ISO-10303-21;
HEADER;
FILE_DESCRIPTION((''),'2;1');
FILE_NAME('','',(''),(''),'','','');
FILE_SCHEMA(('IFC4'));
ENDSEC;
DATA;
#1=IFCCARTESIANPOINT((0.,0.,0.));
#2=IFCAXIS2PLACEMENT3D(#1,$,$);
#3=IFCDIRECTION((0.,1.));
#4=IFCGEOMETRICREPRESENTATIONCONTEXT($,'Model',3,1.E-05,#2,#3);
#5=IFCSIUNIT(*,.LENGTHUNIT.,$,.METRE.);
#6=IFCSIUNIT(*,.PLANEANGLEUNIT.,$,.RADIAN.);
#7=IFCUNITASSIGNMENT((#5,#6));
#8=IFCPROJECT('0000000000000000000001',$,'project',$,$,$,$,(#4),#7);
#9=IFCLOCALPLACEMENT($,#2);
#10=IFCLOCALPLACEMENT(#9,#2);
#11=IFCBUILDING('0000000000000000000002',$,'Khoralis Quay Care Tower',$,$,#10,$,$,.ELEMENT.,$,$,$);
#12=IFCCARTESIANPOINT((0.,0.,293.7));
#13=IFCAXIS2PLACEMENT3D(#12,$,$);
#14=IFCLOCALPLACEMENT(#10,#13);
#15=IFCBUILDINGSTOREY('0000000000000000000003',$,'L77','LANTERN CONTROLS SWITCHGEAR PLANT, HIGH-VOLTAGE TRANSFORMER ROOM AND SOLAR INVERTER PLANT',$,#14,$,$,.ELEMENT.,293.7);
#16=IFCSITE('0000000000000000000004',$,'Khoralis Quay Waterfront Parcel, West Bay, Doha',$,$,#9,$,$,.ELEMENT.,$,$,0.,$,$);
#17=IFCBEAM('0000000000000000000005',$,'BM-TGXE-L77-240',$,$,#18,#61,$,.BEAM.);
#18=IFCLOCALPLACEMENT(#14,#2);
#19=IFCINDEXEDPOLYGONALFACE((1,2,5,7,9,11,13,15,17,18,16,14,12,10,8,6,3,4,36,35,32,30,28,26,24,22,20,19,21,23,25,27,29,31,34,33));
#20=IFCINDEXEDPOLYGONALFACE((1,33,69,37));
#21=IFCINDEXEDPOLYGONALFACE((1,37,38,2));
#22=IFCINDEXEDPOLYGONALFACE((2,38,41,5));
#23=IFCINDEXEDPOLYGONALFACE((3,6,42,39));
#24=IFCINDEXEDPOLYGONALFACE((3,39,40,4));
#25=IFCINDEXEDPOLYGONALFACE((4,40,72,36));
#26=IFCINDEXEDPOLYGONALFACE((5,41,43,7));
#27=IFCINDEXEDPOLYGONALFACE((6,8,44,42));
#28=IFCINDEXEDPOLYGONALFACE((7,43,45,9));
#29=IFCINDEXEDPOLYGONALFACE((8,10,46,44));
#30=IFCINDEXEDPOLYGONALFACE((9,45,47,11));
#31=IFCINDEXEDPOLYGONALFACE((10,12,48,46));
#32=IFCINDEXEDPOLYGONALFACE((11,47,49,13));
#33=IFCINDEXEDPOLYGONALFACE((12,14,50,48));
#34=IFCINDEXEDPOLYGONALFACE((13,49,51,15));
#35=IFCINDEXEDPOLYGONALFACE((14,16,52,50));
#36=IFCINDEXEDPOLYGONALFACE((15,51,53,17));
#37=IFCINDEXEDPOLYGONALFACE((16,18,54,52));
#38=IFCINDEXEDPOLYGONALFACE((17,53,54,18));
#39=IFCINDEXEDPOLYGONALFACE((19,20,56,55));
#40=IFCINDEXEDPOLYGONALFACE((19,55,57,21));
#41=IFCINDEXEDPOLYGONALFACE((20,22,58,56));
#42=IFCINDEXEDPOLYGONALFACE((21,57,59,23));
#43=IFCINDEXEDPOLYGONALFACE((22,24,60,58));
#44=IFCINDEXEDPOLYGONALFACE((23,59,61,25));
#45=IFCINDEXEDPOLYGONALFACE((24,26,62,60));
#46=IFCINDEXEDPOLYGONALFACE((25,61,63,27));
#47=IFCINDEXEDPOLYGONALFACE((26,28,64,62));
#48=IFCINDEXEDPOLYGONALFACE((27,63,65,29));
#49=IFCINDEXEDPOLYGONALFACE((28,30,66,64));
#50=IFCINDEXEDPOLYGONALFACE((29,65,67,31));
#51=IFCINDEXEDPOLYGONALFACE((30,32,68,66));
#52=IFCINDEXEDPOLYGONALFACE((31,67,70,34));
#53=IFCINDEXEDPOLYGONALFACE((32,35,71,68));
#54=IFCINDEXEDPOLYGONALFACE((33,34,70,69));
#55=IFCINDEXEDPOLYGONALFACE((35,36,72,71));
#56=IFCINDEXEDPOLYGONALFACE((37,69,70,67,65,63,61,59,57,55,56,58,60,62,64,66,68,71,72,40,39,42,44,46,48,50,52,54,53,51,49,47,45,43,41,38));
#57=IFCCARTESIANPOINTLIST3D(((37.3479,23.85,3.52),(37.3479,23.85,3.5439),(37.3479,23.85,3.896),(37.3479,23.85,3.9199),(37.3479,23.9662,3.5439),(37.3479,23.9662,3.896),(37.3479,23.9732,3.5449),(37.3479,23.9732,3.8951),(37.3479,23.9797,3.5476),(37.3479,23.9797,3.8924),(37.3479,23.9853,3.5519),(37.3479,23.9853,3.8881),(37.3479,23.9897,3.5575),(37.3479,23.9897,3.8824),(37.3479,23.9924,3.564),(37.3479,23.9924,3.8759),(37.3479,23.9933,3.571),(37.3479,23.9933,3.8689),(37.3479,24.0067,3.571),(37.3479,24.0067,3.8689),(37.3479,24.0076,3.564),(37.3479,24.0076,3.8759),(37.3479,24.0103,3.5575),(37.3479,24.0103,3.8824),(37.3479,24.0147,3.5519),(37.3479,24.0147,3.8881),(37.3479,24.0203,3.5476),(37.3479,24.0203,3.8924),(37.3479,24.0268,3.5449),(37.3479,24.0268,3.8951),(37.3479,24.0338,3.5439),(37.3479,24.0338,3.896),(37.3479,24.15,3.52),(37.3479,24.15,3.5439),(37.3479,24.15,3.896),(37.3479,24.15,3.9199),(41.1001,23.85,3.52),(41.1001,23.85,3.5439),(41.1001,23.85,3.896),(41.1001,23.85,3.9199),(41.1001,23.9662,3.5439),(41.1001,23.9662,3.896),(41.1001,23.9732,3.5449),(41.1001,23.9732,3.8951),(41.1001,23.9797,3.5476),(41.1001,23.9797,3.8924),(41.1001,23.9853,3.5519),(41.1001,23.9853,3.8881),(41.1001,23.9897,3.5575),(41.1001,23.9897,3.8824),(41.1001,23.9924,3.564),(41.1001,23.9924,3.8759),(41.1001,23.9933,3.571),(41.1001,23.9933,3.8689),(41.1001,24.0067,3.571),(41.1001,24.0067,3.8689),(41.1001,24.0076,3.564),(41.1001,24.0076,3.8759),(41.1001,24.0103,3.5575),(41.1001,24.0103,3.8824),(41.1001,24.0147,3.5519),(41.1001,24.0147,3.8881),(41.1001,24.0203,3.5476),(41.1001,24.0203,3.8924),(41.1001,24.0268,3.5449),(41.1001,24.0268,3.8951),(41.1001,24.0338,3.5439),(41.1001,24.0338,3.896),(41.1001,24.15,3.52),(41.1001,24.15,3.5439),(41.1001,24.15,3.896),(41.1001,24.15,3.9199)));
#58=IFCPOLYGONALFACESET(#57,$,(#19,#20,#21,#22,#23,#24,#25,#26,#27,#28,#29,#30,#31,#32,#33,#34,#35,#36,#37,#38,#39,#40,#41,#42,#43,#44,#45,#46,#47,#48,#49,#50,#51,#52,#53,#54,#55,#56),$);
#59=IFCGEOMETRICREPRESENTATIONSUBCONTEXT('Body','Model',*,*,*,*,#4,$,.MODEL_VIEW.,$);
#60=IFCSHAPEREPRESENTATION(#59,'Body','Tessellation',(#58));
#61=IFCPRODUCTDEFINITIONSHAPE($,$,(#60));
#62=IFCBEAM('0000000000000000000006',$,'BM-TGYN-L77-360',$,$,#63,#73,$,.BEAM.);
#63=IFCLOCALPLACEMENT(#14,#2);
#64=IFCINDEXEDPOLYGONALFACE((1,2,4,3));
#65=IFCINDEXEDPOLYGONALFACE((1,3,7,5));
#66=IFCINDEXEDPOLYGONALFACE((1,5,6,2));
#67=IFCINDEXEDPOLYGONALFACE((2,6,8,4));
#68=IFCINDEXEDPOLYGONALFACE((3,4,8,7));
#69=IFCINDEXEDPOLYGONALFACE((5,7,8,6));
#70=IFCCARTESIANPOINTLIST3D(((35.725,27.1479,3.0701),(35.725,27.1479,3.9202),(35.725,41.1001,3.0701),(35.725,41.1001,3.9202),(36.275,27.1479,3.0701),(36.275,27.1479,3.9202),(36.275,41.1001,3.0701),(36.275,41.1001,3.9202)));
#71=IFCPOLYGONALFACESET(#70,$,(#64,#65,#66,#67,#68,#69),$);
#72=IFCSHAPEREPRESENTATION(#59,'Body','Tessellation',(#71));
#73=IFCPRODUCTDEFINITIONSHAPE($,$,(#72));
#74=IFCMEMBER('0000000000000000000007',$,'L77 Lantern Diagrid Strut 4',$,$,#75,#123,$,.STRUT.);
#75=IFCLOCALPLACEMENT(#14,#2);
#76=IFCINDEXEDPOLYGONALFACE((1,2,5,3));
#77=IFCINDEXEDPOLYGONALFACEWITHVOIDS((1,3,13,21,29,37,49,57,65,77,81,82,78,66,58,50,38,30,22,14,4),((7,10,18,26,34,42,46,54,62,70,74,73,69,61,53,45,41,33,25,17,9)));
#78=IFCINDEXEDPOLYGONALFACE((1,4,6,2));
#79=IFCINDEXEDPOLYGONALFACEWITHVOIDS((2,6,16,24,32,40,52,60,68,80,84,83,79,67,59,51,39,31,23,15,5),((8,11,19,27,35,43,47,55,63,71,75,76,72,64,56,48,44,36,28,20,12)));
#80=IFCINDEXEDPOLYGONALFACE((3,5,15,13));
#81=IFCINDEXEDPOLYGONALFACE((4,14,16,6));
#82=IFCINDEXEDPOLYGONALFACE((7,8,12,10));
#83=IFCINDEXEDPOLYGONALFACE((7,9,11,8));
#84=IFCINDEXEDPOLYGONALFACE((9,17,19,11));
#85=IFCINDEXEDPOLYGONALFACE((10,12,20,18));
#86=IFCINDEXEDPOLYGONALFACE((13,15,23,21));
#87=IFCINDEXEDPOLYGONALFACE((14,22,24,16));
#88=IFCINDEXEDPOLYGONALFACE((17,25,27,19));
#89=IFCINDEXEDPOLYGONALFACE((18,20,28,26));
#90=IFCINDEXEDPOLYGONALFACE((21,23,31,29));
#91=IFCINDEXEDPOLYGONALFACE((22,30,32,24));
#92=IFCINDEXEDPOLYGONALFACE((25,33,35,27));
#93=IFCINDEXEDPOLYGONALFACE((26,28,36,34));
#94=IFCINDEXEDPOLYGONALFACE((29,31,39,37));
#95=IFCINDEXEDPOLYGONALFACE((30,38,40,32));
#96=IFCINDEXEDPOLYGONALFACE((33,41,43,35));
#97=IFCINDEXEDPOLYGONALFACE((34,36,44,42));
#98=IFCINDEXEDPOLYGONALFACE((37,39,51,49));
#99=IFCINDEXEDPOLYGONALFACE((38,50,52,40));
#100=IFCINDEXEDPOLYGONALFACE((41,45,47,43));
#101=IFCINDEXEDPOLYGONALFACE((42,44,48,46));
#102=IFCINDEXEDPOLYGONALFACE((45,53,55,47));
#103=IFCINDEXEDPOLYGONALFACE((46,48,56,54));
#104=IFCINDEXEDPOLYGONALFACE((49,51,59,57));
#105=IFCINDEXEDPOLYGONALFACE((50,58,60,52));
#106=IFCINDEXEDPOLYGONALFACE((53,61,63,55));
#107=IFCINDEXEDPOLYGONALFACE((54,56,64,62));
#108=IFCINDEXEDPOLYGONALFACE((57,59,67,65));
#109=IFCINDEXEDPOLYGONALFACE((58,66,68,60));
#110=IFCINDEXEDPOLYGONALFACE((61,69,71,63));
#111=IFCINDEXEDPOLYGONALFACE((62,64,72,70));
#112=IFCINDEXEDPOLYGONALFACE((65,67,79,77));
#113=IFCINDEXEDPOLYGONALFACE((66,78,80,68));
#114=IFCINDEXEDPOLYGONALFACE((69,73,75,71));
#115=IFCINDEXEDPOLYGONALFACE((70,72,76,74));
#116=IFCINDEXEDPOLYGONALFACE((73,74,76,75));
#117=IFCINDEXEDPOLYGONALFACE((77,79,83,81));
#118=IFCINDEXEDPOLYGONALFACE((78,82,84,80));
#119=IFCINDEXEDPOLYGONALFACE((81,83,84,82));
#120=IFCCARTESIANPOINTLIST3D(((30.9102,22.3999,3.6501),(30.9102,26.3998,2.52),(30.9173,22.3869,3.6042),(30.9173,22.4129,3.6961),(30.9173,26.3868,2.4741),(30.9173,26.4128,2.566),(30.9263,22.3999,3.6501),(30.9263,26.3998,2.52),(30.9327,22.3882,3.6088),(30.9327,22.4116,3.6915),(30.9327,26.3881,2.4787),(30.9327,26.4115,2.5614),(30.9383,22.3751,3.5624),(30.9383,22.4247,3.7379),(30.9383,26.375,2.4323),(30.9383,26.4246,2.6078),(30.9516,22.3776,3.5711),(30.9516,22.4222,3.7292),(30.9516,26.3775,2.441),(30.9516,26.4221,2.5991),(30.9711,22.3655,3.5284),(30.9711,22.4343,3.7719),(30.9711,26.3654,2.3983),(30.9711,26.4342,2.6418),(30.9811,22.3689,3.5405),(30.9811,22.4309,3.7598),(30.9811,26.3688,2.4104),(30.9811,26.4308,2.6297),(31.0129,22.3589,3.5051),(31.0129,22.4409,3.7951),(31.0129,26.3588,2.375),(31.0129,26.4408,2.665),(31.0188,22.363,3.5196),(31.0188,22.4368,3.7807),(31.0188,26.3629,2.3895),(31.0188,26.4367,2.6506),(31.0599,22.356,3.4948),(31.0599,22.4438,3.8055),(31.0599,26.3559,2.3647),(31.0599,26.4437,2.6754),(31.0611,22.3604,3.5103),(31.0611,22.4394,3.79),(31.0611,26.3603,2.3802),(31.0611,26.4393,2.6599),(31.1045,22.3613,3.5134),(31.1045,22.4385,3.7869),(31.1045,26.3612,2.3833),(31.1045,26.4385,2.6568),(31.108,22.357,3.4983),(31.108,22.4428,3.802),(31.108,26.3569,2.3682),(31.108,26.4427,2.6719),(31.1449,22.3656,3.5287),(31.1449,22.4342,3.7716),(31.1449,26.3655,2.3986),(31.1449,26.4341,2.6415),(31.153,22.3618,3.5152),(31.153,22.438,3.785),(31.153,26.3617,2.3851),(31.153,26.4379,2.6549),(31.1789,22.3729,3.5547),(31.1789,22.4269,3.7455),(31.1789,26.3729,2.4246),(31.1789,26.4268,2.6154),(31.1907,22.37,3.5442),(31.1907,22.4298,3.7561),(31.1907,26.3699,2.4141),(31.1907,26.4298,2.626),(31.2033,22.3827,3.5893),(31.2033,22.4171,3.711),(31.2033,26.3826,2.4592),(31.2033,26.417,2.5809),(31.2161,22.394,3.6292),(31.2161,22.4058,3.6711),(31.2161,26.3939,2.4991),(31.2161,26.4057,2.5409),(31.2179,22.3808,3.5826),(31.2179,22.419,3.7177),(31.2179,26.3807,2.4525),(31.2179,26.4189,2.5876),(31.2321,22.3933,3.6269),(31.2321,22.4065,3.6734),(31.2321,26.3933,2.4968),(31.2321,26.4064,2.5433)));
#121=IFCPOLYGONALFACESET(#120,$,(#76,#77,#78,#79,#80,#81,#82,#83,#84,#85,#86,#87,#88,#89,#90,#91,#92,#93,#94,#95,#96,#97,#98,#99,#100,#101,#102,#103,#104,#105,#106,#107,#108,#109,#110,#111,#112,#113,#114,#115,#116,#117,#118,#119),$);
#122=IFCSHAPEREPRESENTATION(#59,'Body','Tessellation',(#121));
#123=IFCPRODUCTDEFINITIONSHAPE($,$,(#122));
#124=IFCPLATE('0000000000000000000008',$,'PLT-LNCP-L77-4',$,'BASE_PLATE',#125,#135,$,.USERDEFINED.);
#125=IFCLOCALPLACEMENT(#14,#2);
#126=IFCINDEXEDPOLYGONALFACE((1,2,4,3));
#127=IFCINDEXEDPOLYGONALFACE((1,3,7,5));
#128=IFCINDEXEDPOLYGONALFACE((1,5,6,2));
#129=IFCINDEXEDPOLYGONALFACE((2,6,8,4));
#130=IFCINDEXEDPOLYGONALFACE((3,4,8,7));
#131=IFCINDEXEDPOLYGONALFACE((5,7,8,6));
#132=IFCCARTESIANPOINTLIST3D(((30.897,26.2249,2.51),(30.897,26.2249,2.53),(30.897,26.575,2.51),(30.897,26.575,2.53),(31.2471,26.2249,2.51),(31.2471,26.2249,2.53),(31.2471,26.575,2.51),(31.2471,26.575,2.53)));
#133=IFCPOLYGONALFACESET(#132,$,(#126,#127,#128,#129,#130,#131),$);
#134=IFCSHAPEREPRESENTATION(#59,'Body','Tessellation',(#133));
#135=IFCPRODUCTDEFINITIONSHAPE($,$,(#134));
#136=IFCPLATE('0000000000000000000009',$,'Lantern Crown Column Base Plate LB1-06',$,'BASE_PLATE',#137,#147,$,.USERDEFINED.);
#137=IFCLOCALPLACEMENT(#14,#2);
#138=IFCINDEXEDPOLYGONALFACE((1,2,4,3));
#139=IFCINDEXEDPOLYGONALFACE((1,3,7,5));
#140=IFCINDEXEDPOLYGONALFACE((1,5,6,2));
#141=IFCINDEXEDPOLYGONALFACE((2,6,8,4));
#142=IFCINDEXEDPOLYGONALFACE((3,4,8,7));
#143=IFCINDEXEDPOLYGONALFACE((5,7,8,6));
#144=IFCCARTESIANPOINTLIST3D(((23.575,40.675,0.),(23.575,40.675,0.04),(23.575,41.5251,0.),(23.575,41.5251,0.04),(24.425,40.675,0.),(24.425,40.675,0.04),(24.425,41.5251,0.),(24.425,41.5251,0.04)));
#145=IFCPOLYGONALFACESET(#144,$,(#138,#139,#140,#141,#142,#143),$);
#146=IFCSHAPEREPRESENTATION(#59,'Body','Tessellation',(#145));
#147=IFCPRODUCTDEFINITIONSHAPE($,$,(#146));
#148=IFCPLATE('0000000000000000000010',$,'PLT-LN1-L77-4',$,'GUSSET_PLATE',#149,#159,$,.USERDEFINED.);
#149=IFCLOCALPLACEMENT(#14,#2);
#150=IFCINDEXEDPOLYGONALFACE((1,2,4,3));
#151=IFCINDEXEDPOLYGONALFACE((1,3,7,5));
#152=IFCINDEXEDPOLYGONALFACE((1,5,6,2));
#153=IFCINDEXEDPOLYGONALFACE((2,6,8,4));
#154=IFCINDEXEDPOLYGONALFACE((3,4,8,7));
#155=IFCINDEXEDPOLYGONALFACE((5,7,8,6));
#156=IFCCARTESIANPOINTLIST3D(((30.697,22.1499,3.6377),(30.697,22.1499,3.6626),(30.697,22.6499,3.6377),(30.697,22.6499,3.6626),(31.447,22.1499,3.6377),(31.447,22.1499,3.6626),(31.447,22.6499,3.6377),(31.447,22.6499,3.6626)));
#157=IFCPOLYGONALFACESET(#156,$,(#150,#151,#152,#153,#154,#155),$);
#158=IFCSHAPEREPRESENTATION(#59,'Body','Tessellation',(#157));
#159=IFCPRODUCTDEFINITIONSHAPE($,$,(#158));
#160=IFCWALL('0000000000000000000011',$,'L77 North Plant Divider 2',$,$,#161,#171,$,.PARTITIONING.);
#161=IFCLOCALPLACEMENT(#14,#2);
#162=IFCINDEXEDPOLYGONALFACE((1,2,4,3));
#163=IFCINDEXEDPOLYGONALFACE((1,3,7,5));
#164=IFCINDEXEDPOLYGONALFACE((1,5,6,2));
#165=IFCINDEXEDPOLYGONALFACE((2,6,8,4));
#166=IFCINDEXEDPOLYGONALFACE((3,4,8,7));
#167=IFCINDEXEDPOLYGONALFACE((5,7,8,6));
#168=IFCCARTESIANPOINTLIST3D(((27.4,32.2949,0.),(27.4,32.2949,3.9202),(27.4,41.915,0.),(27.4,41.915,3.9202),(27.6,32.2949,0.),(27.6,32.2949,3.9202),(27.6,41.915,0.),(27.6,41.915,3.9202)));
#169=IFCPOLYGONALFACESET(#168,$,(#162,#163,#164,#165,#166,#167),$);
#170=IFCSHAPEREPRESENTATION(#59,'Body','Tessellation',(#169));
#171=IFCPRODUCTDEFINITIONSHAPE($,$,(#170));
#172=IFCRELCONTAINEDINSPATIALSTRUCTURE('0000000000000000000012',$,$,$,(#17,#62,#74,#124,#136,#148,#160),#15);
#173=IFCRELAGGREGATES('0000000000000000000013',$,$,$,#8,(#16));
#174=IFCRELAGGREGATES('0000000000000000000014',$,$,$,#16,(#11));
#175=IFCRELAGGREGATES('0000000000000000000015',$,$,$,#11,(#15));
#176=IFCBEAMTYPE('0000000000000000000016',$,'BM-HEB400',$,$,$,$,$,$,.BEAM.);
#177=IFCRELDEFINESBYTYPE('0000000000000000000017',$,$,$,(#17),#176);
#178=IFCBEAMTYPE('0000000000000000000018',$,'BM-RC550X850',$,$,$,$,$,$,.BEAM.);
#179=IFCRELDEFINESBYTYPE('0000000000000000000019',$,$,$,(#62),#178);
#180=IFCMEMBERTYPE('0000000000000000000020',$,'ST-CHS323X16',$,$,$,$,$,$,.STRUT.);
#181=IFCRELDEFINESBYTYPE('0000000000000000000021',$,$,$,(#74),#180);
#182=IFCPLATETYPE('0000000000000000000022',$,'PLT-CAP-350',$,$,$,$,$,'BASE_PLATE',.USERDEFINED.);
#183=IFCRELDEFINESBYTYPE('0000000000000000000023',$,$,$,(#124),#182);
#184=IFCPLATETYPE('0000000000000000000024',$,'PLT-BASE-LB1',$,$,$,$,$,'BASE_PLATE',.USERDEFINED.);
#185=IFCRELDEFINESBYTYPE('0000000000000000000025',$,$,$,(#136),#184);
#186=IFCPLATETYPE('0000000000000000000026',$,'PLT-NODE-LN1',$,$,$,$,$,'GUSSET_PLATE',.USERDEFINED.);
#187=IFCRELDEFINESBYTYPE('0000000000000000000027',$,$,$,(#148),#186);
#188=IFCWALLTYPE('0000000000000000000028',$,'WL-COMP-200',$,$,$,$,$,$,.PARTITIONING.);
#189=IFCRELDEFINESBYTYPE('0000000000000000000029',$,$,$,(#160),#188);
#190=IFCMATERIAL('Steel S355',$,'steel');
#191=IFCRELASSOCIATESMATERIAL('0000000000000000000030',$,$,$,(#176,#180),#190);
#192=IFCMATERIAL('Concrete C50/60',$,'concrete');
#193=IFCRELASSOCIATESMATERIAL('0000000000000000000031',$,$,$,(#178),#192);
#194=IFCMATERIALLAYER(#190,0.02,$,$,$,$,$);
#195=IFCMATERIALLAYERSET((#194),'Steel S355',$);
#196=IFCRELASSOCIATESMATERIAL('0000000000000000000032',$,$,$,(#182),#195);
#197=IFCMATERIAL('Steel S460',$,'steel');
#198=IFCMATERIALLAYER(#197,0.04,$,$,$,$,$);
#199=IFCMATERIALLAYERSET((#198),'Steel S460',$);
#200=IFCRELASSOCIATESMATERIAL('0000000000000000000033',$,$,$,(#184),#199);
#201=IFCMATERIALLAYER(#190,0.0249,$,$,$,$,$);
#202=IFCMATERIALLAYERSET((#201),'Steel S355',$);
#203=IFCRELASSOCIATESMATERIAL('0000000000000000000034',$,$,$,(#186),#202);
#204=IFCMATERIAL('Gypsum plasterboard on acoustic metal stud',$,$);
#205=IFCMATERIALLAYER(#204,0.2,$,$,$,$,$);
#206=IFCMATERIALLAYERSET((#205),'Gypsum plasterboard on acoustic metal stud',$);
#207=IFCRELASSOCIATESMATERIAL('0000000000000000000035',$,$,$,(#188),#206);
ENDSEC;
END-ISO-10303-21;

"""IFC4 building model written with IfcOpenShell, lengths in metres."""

from ifc_helpers import new_model, si_unit, direction, frame, frame_2d, origin, origin_2d, place, context, subcontext, project, spatial, rectangle, hollow_circle, i_section, extrude, source, transform, mapped, material, layer, layer_set, material_profile, profile_set, type_object, element, save


model = new_model("IFC4")

# Units and contexts
model_context = context("Model", 3, precision=1e-05, world=origin(), true_north=direction((0.0, 1.0)))
body_context = subcontext(model_context, "Body", "Model", "MODEL_VIEW")
ifc_project = project(units=[si_unit("LENGTHUNIT", "METRE"), si_unit("PLANEANGLEUNIT", "RADIAN")], contexts=[model_context])

# Site, building, storey
site_placement = place(None, origin())
site = spatial("IfcSite", under=ifc_project, at=site_placement, Name="Khoralis Quay Waterfront Parcel, West Bay, Doha", CompositionType="ELEMENT", RefElevation=0.0)
building_placement = place(site_placement, origin())
building = spatial("IfcBuilding", under=site, at=building_placement, Name="Khoralis Quay Care Tower", CompositionType="ELEMENT")
storey_placement = place(building_placement, frame((0.0, 0.0, 293.7)))
storey = spatial("IfcBuildingStorey", under=building, at=storey_placement, Name="L77", Description="LANTERN CONTROLS SWITCHGEAR PLANT, HIGH-VOLTAGE TRANSFORMER ROOM AND SOLAR INVERTER PLANT", CompositionType="ELEMENT", Elevation=293.7)

# Shared definitions
ifc_material_1 = material(Name="Concrete C50/60", Category="concrete")
ifc_material_2 = material(Name="Steel S460", Category="steel")

# Beams
ifc_material_3 = material(Name="Steel S355", Category="steel")
ifc_material_profile_1 = material_profile(ifc_material_3, i_section(OverallWidth=0.3, OverallDepth=0.3999, WebThickness=0.0134, FlangeThickness=0.0239, FilletRadius=0.0271, at=origin_2d()), Name="Steel S355")
ifc_profile_set_1 = profile_set([ifc_material_profile_1], Name="Steel S355")
beam_type_1 = type_object("IfcBeamType", Name="BM-HEB400", PredefinedType="BEAM", material=ifc_profile_set_1)
ifc_material_profile_2 = material_profile(ifc_material_1, rectangle(XDim=0.55, YDim=0.8501, at=origin_2d()), Name="Concrete C50/60")
ifc_profile_set_2 = profile_set([ifc_material_profile_2], Name="Concrete C50/60")
beam_type_2 = type_object("IfcBeamType", Name="BM-RC550X850", PredefinedType="BEAM", material=ifc_profile_set_2)
shared_shape_1 = source(origin(), body_context, "Body", "SweptSolid", [
    extrude(i_section(OverallWidth=0.3, OverallDepth=0.3999, WebThickness=0.0134, FlangeThickness=0.0239, FilletRadius=0.0271, at=origin_2d()), origin(), (0.0, 0.0, 1.0), 3.7522),
])
beam_1_placement = place(storey_placement, frame((37.3479, 24.0, 3.72), z_axis=(1.0, 0.0, 0.0), x_axis=(0.0, 1.0, 0.0)))
element("IfcBeam", 1, at=beam_1_placement, inside=storey, type_object=beam_type_1, Name="BM-TGXE-L77-240", PredefinedType="BEAM", context=body_context, shape_type="MappedRepresentation", body=[
    mapped(shared_shape_1, transform((0.0, 0.0, 0.0), scale=1.0)),
])
shared_shape_2 = source(origin(), body_context, "Body", "SweptSolid", [
    extrude(rectangle(XDim=0.55, YDim=0.8501, at=origin_2d()), origin(), (0.0, 0.0, 1.0), 13.9521),
])
beam_2_placement = place(storey_placement, frame((36.0, 27.1479, 3.4951), z_axis=(0.0, 1.0, 0.0), x_axis=(-1.0, 0.0, 0.0)))
element("IfcBeam", 2, at=beam_2_placement, inside=storey, type_object=beam_type_2, Name="BM-TGYN-L77-360", PredefinedType="BEAM", context=body_context, shape_type="MappedRepresentation", body=[
    mapped(shared_shape_2, transform((0.0, 0.0, 0.0), scale=1.0)),
])

# Member
ifc_material_profile_3 = material_profile(ifc_material_3, hollow_circle(Radius=0.1619, WallThickness=0.0161, at=origin_2d()), Name="Steel S355")
ifc_profile_set_3 = profile_set([ifc_material_profile_3], Name="Steel S355")
member_type = type_object("IfcMemberType", Name="ST-CHS323X16", PredefinedType="STRUT", material=ifc_profile_set_3)
shared_shape_3 = source(origin(), body_context, "Body", "SweptSolid", [
    extrude(hollow_circle(Radius=0.1619, WallThickness=0.0161, at=origin_2d()), origin(), (0.0, 0.0, 1.0), 4.1565),
])
member_placement = place(storey_placement, frame((31.072, 22.3999, 3.6501), z_axis=(0.0, 0.962329, -0.271888), x_axis=(-1.0, 0.0, 0.0)))
element("IfcMember", 3, at=member_placement, inside=storey, type_object=member_type, Name="L77 Lantern Diagrid Strut 4", PredefinedType="STRUT", context=body_context, shape_type="MappedRepresentation", body=[
    mapped(shared_shape_3, transform((0.0, 0.0, 0.0), scale=1.0)),
])

# Plates
ifc_layer_1 = layer(ifc_material_3, 0.02)
ifc_layer_set_1 = layer_set([ifc_layer_1], Name="Steel S355")
plate_type_1 = type_object("IfcPlateType", Name="PLT-CAP-350", ElementType="BASE_PLATE", PredefinedType="USERDEFINED", material=ifc_layer_set_1)
shared_shape_4 = source(origin(), body_context, "Body", "SweptSolid", [
    extrude(rectangle(XDim=0.3501, YDim=0.3501, at=origin_2d()), origin(), (0.0, 0.0, 1.0), 0.02),
])
plate_1_placement = place(storey_placement, frame((31.072, 26.3999, 2.51), z_axis=(0.0, 0.0, 1.0), x_axis=(1.0, 0.0, 0.0)))
element("IfcPlate", 4, at=plate_1_placement, inside=storey, type_object=plate_type_1, Name="PLT-LNCP-L77-4", ObjectType="BASE_PLATE", PredefinedType="USERDEFINED", context=body_context, shape_type="MappedRepresentation", body=[
    mapped(shared_shape_4, transform((0.0, 0.0, 0.0), scale=1.0)),
])
ifc_layer_2 = layer(ifc_material_2, 0.04)
ifc_layer_set_2 = layer_set([ifc_layer_2], Name="Steel S460")
plate_type_2 = type_object("IfcPlateType", Name="PLT-BASE-LB1", ElementType="BASE_PLATE", PredefinedType="USERDEFINED", material=ifc_layer_set_2)
shared_shape_5 = source(origin(), body_context, "Body", "SweptSolid", [
    extrude(rectangle(XDim=0.8501, YDim=0.8501, at=origin_2d()), origin(), (0.0, 0.0, 1.0), 0.04),
])
plate_2_placement = place(storey_placement, frame((24.0, 41.1001, 0.0), z_axis=(0.0, 0.0, 1.0), x_axis=(1.0, 0.0, 0.0)))
element("IfcPlate", 5, at=plate_2_placement, inside=storey, type_object=plate_type_2, Name="Lantern Crown Column Base Plate LB1-06", ObjectType="BASE_PLATE", PredefinedType="USERDEFINED", context=body_context, shape_type="MappedRepresentation", body=[
    mapped(shared_shape_5, transform((0.0, 0.0, 0.0), scale=1.0)),
])
ifc_layer_3 = layer(ifc_material_3, 0.0249)
ifc_layer_set_3 = layer_set([ifc_layer_3], Name="Steel S355")
plate_type_3 = type_object("IfcPlateType", Name="PLT-NODE-LN1", ElementType="GUSSET_PLATE", PredefinedType="USERDEFINED", material=ifc_layer_set_3)
shared_shape_6 = source(origin(), body_context, "Body", "SweptSolid", [
    extrude(rectangle(XDim=0.75, YDim=0.5, at=origin_2d()), origin(), (0.0, 0.0, 1.0), 0.0249),
])
plate_3_placement = place(storey_placement, frame((31.072, 22.3999, 3.6377), z_axis=(0.0, 0.0, 1.0), x_axis=(1.0, 0.0, 0.0)))
element("IfcPlate", 6, at=plate_3_placement, inside=storey, type_object=plate_type_3, Name="PLT-LN1-L77-4", ObjectType="GUSSET_PLATE", PredefinedType="USERDEFINED", context=body_context, shape_type="MappedRepresentation", body=[
    mapped(shared_shape_6, transform((0.0, 0.0, 0.0), scale=1.0)),
])

# Wall
ifc_material_4 = material(Name="Gypsum plasterboard on acoustic metal stud")
ifc_layer_4 = layer(ifc_material_4, 0.2)
ifc_layer_set_4 = layer_set([ifc_layer_4], Name="Gypsum plasterboard on acoustic metal stud")
wall_type_1 = type_object("IfcWallType", Name="WL-COMP-200", PredefinedType="PARTITIONING", material=ifc_layer_set_4)
wall_1_placement = place(storey_placement, frame((27.5, 32.2949, 0.0), z_axis=(0.0, 0.0, 1.0), x_axis=(0.0, 1.0, 0.0)))
element("IfcWall", 7, at=wall_1_placement, inside=storey, type_object=wall_type_1, Name="L77 North Plant Divider 2", PredefinedType="PARTITIONING", context=body_context, shape_type="SweptSolid", body=[
    extrude(rectangle(XDim=9.6201, YDim=0.2, at=frame_2d((4.8101, 0.0))), origin(), (0.0, 0.0, 1.0), 3.9202),
])

save(model, "model.ifc")
